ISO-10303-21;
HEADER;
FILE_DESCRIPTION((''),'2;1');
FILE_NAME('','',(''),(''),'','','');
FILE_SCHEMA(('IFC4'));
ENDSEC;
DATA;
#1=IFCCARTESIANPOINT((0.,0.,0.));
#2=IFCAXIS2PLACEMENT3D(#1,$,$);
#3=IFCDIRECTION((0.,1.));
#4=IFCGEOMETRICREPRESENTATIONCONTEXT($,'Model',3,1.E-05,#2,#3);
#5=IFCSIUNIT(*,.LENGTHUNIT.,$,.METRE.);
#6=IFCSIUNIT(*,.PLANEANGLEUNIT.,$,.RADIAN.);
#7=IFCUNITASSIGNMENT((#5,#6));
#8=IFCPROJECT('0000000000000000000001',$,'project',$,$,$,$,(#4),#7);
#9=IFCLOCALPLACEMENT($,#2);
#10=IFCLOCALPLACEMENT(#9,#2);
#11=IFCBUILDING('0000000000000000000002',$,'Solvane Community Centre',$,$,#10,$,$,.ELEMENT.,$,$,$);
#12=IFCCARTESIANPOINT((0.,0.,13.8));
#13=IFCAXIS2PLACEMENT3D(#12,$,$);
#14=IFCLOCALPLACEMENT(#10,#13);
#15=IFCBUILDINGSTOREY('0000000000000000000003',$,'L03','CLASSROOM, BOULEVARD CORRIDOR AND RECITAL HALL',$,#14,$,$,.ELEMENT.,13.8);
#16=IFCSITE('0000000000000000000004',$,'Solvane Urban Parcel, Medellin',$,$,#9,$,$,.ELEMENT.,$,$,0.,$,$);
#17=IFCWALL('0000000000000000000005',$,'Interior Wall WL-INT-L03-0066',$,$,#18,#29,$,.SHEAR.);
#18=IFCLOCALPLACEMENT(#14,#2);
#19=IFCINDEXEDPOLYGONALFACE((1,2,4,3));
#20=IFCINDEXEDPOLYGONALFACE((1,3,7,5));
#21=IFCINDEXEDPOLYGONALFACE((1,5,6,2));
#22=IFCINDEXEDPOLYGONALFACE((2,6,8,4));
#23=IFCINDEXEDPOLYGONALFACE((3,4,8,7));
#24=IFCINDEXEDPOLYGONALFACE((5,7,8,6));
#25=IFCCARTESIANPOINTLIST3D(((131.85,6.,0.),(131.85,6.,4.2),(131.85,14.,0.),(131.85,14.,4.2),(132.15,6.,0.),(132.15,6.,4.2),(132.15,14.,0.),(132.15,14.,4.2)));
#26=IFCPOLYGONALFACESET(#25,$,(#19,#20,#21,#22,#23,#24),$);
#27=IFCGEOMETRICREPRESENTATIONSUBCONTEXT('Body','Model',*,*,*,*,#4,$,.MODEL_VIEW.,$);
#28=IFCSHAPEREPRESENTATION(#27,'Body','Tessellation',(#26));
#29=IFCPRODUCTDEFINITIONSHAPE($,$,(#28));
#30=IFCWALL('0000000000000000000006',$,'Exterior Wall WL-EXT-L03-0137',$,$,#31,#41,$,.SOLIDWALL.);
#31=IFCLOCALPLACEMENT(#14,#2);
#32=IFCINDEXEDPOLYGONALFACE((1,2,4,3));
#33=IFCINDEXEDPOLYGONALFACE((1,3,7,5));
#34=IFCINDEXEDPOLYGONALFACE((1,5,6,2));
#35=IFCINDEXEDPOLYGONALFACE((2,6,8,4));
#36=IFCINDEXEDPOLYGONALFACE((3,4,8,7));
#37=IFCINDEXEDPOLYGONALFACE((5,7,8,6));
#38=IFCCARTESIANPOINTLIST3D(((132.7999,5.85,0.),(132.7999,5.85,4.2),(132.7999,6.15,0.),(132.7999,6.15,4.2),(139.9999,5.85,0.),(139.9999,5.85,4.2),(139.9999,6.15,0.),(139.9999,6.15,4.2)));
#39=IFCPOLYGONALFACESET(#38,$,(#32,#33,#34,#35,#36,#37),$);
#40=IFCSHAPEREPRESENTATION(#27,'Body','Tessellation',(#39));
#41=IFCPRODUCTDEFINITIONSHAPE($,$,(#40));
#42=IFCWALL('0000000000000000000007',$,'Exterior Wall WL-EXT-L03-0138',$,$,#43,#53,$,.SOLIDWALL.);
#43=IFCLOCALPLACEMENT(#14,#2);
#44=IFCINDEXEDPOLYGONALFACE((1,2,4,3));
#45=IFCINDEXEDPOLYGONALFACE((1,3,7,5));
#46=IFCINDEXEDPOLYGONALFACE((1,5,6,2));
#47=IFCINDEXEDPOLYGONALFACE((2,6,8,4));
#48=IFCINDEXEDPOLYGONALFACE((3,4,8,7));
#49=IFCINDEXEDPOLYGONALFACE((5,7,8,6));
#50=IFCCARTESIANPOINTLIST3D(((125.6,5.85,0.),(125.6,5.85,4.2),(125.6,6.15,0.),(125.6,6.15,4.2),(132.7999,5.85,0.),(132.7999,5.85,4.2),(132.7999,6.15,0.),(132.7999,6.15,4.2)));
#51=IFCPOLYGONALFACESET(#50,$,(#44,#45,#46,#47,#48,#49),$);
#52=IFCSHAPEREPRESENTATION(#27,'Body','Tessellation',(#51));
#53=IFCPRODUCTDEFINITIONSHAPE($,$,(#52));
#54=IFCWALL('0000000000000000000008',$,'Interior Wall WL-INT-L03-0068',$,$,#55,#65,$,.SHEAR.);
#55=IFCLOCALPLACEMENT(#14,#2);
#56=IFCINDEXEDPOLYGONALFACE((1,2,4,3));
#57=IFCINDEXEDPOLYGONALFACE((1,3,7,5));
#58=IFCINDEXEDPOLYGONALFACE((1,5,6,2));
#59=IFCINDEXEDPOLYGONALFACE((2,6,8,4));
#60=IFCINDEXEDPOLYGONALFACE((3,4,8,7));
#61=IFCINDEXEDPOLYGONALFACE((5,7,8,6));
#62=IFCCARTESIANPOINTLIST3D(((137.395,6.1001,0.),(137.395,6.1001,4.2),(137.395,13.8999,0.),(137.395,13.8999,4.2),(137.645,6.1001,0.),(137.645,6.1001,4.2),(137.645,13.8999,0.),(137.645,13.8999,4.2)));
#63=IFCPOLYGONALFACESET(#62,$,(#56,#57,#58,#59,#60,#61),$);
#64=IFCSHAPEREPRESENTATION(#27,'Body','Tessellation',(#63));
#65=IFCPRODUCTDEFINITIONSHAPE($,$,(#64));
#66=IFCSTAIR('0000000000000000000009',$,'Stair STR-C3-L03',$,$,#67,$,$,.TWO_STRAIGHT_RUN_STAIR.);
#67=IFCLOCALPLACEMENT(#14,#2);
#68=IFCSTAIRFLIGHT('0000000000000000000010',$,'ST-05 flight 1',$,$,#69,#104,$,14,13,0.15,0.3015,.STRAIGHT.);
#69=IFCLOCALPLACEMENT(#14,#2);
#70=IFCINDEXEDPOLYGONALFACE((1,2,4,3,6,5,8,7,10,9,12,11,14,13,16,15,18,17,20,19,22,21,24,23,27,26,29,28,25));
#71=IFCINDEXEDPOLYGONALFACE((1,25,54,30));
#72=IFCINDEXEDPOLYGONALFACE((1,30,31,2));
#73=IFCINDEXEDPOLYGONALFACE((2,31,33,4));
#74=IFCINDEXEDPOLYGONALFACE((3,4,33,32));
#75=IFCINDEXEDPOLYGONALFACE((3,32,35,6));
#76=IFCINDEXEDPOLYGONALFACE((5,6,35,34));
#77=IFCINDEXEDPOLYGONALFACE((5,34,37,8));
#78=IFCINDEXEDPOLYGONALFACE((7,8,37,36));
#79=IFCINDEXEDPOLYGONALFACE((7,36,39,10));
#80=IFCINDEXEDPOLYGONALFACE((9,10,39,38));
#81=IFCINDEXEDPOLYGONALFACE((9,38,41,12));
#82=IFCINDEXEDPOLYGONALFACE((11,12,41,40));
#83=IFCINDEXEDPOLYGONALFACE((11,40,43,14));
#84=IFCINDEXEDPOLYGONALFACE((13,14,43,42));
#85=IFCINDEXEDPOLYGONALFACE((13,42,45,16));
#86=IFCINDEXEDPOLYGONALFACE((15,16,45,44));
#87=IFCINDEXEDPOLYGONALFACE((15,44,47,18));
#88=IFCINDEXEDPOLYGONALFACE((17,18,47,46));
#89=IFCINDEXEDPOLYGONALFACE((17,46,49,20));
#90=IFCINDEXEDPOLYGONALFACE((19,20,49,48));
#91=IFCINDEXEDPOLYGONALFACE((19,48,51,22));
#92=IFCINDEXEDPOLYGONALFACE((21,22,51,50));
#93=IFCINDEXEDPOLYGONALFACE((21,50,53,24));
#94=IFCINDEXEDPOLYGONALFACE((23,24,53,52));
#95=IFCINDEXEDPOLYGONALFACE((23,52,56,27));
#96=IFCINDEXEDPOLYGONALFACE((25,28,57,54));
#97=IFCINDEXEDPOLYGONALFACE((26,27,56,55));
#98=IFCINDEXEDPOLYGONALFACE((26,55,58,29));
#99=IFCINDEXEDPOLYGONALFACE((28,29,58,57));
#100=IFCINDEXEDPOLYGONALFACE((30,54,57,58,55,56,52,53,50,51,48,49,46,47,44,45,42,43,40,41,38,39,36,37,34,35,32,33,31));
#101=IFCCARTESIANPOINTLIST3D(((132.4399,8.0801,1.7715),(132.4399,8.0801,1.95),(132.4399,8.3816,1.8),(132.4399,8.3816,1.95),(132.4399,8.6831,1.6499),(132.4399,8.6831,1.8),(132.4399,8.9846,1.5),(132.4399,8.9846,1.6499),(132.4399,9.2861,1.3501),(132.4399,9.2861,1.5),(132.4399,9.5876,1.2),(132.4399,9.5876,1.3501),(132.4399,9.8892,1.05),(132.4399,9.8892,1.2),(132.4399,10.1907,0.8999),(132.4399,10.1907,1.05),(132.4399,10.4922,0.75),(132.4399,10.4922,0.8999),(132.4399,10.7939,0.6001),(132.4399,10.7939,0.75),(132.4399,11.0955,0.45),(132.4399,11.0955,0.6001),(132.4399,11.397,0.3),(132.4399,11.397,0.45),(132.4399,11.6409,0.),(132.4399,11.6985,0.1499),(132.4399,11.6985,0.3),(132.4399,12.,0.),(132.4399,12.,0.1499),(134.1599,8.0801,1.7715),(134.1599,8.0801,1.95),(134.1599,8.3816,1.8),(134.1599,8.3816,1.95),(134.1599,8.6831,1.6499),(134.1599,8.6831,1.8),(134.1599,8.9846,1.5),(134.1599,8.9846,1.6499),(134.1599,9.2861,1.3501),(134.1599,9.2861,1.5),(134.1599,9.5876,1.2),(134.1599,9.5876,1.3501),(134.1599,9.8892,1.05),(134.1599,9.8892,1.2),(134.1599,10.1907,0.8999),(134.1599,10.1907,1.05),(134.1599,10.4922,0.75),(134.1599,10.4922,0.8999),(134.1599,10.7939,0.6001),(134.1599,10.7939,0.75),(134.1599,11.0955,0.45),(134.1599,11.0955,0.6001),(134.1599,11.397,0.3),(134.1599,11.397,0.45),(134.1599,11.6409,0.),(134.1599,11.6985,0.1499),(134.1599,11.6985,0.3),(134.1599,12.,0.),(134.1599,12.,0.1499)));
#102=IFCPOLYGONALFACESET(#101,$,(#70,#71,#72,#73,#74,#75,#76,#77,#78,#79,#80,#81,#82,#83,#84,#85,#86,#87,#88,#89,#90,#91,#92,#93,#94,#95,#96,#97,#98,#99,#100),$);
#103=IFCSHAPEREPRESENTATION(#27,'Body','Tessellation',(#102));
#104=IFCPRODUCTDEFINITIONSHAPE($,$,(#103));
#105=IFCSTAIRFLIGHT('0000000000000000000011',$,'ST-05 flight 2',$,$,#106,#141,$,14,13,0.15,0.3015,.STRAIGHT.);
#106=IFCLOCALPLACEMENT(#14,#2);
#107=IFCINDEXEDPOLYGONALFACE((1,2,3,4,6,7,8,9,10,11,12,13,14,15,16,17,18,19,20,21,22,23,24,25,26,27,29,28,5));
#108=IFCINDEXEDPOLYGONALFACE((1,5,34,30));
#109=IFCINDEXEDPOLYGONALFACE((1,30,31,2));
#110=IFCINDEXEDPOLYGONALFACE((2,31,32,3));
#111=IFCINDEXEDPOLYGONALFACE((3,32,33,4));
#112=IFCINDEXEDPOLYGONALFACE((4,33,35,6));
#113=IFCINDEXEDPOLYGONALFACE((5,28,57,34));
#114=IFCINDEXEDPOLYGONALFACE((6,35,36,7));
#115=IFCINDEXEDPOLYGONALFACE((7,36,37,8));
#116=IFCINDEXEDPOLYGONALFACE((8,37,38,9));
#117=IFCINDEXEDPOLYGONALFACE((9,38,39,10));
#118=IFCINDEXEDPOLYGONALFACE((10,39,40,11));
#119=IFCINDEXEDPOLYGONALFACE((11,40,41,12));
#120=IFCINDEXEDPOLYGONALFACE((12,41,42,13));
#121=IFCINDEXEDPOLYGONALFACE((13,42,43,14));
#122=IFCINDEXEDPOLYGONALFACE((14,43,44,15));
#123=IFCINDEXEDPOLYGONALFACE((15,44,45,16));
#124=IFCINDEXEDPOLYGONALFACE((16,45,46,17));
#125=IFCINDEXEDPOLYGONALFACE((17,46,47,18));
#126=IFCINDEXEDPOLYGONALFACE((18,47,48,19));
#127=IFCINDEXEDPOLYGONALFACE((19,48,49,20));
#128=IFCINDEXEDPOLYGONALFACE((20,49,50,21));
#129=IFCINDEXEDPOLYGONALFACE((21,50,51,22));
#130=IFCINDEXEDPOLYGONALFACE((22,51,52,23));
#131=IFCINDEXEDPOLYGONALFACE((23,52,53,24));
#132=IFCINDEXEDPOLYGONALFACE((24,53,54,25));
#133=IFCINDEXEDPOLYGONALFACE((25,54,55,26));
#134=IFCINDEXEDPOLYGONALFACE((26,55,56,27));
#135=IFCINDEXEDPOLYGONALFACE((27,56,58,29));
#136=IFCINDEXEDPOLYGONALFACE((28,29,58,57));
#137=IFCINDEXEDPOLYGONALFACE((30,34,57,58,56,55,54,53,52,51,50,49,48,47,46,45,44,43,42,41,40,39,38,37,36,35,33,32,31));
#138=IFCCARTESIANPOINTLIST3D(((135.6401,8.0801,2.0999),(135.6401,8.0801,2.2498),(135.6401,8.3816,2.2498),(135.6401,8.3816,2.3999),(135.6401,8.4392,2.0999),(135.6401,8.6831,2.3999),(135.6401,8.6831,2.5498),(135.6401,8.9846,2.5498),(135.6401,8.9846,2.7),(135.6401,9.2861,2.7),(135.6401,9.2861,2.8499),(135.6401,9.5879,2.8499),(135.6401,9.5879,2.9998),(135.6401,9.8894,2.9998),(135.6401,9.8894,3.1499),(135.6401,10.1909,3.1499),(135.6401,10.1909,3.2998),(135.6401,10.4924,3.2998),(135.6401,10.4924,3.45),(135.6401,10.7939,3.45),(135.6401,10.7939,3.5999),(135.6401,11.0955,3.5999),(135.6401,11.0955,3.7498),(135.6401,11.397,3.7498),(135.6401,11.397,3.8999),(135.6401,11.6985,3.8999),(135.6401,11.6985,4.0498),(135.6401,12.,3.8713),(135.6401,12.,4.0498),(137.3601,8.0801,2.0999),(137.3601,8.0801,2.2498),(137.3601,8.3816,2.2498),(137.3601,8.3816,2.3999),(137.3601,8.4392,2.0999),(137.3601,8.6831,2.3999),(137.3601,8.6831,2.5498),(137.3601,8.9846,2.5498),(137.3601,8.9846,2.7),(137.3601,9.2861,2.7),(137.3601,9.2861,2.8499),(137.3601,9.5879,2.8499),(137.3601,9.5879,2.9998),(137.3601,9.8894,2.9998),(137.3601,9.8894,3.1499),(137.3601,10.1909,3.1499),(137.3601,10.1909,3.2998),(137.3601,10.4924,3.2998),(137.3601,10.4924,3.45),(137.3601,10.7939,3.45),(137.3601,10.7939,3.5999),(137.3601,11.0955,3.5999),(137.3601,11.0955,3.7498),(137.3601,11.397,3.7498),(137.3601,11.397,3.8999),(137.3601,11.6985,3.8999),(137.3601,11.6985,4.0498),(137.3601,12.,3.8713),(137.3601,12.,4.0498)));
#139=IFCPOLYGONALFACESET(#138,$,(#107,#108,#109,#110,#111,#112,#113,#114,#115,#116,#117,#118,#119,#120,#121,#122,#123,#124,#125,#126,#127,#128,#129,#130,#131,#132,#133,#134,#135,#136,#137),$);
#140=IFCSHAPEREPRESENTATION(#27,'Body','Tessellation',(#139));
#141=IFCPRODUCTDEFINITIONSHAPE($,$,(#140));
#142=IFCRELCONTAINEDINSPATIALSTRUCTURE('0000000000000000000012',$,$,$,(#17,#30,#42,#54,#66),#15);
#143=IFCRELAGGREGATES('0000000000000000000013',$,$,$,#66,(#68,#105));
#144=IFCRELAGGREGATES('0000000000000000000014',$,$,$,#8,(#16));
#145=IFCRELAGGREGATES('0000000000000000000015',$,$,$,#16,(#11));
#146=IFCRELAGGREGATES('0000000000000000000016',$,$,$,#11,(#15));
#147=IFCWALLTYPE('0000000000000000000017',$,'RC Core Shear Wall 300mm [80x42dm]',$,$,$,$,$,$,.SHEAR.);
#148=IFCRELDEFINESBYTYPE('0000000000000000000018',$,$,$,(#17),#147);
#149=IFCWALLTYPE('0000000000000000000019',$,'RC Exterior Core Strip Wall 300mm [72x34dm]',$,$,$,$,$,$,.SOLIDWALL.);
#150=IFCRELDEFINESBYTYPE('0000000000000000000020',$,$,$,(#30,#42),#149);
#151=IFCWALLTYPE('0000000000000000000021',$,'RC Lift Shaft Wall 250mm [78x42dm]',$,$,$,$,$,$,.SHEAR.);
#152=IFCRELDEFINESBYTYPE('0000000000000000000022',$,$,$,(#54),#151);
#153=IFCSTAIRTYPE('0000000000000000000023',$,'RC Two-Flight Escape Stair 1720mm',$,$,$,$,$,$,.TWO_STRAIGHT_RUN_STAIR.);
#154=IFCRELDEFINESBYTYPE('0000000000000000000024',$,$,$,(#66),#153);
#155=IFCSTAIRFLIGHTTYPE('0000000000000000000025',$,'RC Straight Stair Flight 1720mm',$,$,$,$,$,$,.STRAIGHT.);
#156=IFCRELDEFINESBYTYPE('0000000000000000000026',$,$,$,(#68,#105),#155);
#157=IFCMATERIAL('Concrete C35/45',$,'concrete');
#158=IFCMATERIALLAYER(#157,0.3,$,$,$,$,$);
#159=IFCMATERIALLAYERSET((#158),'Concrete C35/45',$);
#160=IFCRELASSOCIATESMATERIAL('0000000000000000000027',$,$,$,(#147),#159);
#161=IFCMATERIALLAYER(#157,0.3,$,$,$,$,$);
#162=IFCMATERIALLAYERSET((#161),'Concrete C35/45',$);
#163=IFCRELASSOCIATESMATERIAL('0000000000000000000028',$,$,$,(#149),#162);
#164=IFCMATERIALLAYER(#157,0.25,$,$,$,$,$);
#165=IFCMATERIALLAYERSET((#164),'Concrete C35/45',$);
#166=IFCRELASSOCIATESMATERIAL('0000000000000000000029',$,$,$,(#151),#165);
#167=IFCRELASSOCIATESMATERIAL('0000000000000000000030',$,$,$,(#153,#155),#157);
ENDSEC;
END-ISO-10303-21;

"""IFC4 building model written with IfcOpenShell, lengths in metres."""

from ifc_helpers import new_model, si_unit, direction, frame, frame_2d, origin, place, context, subcontext, project, spatial, polyline, rectangle, outline, extrude, material, layer, layer_set, type_object, element, aggregate, save


model = new_model("IFC4")

# Units and contexts
model_context = context("Model", 3, precision=1e-05, world=origin(), true_north=direction((0.0, 1.0)))
body_context = subcontext(model_context, "Body", "Model", "MODEL_VIEW")
ifc_project = project(units=[si_unit("LENGTHUNIT", "METRE"), si_unit("PLANEANGLEUNIT", "RADIAN")], contexts=[model_context])

# Site, building, storey
site_placement = place(None, origin())
site = spatial("IfcSite", under=ifc_project, at=site_placement, Name="Solvane Urban Parcel, Medellin", CompositionType="ELEMENT", RefElevation=0.0)
building_placement = place(site_placement, origin())
building = spatial("IfcBuilding", under=site, at=building_placement, Name="Solvane Community Centre", CompositionType="ELEMENT")
storey_placement = place(building_placement, frame((0.0, 0.0, 13.8)))
storey = spatial("IfcBuildingStorey", under=building, at=storey_placement, Name="L03", Description="CLASSROOM, BOULEVARD CORRIDOR AND RECITAL HALL", CompositionType="ELEMENT", Elevation=13.8)

# Walls
ifc_material_1 = material(Name="Concrete C35/45", Category="concrete")
ifc_layer_1 = layer(ifc_material_1, 0.3)
ifc_layer_set_1 = layer_set([ifc_layer_1], Name="Concrete C35/45")
wall_type_1 = type_object("IfcWallType", Name="RC Core Shear Wall 300mm [80x42dm]", PredefinedType="SHEAR", material=ifc_layer_set_1)
wall_1_placement = place(storey_placement, frame((132.0, 6.0, 0.0), z_axis=(0.0, 0.0, 1.0), x_axis=(0.0, 1.0, 0.0)))
element("IfcWall", 1, at=wall_1_placement, inside=storey, type_object=wall_type_1, Name="Interior Wall WL-INT-L03-0066", PredefinedType="SHEAR", context=body_context, shape_type="SweptSolid", body=[
    extrude(rectangle(XDim=8.0, YDim=0.3, at=frame_2d((4.0, 0.0))), origin(), (0.0, 0.0, 1.0), 4.2),
])
ifc_layer_2 = layer(ifc_material_1, 0.3)
ifc_layer_set_2 = layer_set([ifc_layer_2], Name="Concrete C35/45")
wall_type_2 = type_object("IfcWallType", Name="RC Exterior Core Strip Wall 300mm [72x34dm]", PredefinedType="SOLIDWALL", material=ifc_layer_set_2)
for number, where, z_axis, x_axis, name in (
    (2, (140.0, 6.0, 0.0), (0.0, 0.0, 1.0), (-1.0, 0.0, 0.0), "Exterior Wall WL-EXT-L03-0137"),
    (3, (132.8, 6.0, 0.0), (0.0, 0.0, 1.0), (-1.0, 0.0, 0.0), "Exterior Wall WL-EXT-L03-0138"),
):
    element("IfcWall", number, at=place(storey_placement, frame(where, z_axis=z_axis, x_axis=x_axis)), inside=storey, type_object=wall_type_2, Name=name, PredefinedType="SOLIDWALL", context=body_context, shape_type="SweptSolid", body=[
        extrude(rectangle(XDim=7.2, YDim=0.3, at=frame_2d((3.6001, 0.0))), origin(), (0.0, 0.0, 1.0), 4.2),
    ])
ifc_layer_3 = layer(ifc_material_1, 0.25)
ifc_layer_set_3 = layer_set([ifc_layer_3], Name="Concrete C35/45")
wall_type_3 = type_object("IfcWallType", Name="RC Lift Shaft Wall 250mm [78x42dm]", PredefinedType="SHEAR", material=ifc_layer_set_3)
wall_2_placement = place(storey_placement, frame((137.52, 6.1001, 0.0), z_axis=(0.0, 0.0, 1.0), x_axis=(0.0, 1.0, 0.0)))
element("IfcWall", 4, at=wall_2_placement, inside=storey, type_object=wall_type_3, Name="Interior Wall WL-INT-L03-0068", PredefinedType="SHEAR", context=body_context, shape_type="SweptSolid", body=[
    extrude(rectangle(XDim=7.7998, YDim=0.25, at=frame_2d((3.8999, 0.0))), origin(), (0.0, 0.0, 1.0), 4.2),
])

# Stair, stair flights
stair_type = type_object("IfcStairType", Name="RC Two-Flight Escape Stair 1720mm", PredefinedType="TWO_STRAIGHT_RUN_STAIR", material=ifc_material_1)
stair_placement = place(storey_placement, origin())
stair = element("IfcStair", 5, at=stair_placement, inside=storey, type_object=stair_type, Name="Stair STR-C3-L03", PredefinedType="TWO_STRAIGHT_RUN_STAIR")
stair_flight_type = type_object("IfcStairFlightType", Name="RC Straight Stair Flight 1720mm", PredefinedType="STRAIGHT", material=ifc_material_1)
stair_flight_1_placement = place(storey_placement, frame((133.3, 12.0, 0.0), z_axis=(0.0, 0.0, 1.0), x_axis=(0.0, -1.0, 0.0)))
stair_flight_1 = element("IfcStairFlight", 6, at=stair_flight_1_placement, type_object=stair_flight_type, Name="ST-05 flight 1", NumberOfRisers=14, NumberOfTreads=13, PredefinedType="STRAIGHT", RiserHeight=0.15, TreadLength=0.3015, context=body_context, shape_type="SweptSolid", body=[
    extrude(outline(polyline([(0.0, 0.0), (0.0, 0.1499), (0.3015, 0.1499), (0.3015, 0.3), (0.603, 0.3), (0.603, 0.45), (0.9045, 0.45), (0.9045, 0.6001), (1.2061, 0.6001), (1.2061, 0.75), (1.5078, 0.75), (1.5078, 0.8999), (1.8093, 0.8999), (1.8093, 1.05), (2.1108, 1.05), (2.1108, 1.2), (2.4124, 1.2), (2.4124, 1.3501), (2.7139, 1.3501), (2.7139, 1.5), (3.0154, 1.5), (3.0154, 1.6499), (3.3169, 1.6499), (3.3169, 1.8), (3.6184, 1.8), (3.6184, 1.95), (3.9199, 1.95), (3.9199, 2.1001), (3.9199, 1.7715), (0.3591, 0.0), (0.0, 0.0)])), frame((0.0, 0.8599, 0.0), z_axis=(0.0, -1.0, 0.0), x_axis=(1.0, 0.0, 0.0)), (0.0, 0.0, 1.0), 1.72),
])
stair_flight_2_placement = place(storey_placement, frame((136.5, 8.0801, 2.0999), z_axis=(0.0, 0.0, 1.0), x_axis=(0.0, 1.0, 0.0)))
stair_flight_2 = element("IfcStairFlight", 7, at=stair_flight_2_placement, type_object=stair_flight_type, Name="ST-05 flight 2", NumberOfRisers=14, NumberOfTreads=13, PredefinedType="STRAIGHT", RiserHeight=0.15, TreadLength=0.3015, context=body_context, shape_type="SweptSolid", body=[
    extrude(outline(polyline([(0.0, 0.0), (0.0, 0.1499), (0.3015, 0.1499), (0.3015, 0.3), (0.603, 0.3), (0.603, 0.45), (0.9045, 0.45), (0.9045, 0.6001), (1.2061, 0.6001), (1.2061, 0.75), (1.5078, 0.75), (1.5078, 0.8999), (1.8093, 0.8999), (1.8093, 1.05), (2.1108, 1.05), (2.1108, 1.2), (2.4124, 1.2), (2.4124, 1.3501), (2.7139, 1.3501), (2.7139, 1.5), (3.0154, 1.5), (3.0154, 1.6499), (3.3169, 1.6499), (3.3169, 1.8), (3.6184, 1.8), (3.6184, 1.95), (3.9199, 1.95), (3.9199, 2.1001), (3.9199, 1.7715), (0.3591, 0.0), (0.0, 0.0)])), frame((0.0, 0.8599, 0.0), z_axis=(0.0, -1.0, 0.0), x_axis=(1.0, 0.0, 0.0)), (0.0, 0.0, 1.0), 1.72),
])
aggregate(stair, [stair_flight_1, stair_flight_2])

save(model, "model.ifc")
